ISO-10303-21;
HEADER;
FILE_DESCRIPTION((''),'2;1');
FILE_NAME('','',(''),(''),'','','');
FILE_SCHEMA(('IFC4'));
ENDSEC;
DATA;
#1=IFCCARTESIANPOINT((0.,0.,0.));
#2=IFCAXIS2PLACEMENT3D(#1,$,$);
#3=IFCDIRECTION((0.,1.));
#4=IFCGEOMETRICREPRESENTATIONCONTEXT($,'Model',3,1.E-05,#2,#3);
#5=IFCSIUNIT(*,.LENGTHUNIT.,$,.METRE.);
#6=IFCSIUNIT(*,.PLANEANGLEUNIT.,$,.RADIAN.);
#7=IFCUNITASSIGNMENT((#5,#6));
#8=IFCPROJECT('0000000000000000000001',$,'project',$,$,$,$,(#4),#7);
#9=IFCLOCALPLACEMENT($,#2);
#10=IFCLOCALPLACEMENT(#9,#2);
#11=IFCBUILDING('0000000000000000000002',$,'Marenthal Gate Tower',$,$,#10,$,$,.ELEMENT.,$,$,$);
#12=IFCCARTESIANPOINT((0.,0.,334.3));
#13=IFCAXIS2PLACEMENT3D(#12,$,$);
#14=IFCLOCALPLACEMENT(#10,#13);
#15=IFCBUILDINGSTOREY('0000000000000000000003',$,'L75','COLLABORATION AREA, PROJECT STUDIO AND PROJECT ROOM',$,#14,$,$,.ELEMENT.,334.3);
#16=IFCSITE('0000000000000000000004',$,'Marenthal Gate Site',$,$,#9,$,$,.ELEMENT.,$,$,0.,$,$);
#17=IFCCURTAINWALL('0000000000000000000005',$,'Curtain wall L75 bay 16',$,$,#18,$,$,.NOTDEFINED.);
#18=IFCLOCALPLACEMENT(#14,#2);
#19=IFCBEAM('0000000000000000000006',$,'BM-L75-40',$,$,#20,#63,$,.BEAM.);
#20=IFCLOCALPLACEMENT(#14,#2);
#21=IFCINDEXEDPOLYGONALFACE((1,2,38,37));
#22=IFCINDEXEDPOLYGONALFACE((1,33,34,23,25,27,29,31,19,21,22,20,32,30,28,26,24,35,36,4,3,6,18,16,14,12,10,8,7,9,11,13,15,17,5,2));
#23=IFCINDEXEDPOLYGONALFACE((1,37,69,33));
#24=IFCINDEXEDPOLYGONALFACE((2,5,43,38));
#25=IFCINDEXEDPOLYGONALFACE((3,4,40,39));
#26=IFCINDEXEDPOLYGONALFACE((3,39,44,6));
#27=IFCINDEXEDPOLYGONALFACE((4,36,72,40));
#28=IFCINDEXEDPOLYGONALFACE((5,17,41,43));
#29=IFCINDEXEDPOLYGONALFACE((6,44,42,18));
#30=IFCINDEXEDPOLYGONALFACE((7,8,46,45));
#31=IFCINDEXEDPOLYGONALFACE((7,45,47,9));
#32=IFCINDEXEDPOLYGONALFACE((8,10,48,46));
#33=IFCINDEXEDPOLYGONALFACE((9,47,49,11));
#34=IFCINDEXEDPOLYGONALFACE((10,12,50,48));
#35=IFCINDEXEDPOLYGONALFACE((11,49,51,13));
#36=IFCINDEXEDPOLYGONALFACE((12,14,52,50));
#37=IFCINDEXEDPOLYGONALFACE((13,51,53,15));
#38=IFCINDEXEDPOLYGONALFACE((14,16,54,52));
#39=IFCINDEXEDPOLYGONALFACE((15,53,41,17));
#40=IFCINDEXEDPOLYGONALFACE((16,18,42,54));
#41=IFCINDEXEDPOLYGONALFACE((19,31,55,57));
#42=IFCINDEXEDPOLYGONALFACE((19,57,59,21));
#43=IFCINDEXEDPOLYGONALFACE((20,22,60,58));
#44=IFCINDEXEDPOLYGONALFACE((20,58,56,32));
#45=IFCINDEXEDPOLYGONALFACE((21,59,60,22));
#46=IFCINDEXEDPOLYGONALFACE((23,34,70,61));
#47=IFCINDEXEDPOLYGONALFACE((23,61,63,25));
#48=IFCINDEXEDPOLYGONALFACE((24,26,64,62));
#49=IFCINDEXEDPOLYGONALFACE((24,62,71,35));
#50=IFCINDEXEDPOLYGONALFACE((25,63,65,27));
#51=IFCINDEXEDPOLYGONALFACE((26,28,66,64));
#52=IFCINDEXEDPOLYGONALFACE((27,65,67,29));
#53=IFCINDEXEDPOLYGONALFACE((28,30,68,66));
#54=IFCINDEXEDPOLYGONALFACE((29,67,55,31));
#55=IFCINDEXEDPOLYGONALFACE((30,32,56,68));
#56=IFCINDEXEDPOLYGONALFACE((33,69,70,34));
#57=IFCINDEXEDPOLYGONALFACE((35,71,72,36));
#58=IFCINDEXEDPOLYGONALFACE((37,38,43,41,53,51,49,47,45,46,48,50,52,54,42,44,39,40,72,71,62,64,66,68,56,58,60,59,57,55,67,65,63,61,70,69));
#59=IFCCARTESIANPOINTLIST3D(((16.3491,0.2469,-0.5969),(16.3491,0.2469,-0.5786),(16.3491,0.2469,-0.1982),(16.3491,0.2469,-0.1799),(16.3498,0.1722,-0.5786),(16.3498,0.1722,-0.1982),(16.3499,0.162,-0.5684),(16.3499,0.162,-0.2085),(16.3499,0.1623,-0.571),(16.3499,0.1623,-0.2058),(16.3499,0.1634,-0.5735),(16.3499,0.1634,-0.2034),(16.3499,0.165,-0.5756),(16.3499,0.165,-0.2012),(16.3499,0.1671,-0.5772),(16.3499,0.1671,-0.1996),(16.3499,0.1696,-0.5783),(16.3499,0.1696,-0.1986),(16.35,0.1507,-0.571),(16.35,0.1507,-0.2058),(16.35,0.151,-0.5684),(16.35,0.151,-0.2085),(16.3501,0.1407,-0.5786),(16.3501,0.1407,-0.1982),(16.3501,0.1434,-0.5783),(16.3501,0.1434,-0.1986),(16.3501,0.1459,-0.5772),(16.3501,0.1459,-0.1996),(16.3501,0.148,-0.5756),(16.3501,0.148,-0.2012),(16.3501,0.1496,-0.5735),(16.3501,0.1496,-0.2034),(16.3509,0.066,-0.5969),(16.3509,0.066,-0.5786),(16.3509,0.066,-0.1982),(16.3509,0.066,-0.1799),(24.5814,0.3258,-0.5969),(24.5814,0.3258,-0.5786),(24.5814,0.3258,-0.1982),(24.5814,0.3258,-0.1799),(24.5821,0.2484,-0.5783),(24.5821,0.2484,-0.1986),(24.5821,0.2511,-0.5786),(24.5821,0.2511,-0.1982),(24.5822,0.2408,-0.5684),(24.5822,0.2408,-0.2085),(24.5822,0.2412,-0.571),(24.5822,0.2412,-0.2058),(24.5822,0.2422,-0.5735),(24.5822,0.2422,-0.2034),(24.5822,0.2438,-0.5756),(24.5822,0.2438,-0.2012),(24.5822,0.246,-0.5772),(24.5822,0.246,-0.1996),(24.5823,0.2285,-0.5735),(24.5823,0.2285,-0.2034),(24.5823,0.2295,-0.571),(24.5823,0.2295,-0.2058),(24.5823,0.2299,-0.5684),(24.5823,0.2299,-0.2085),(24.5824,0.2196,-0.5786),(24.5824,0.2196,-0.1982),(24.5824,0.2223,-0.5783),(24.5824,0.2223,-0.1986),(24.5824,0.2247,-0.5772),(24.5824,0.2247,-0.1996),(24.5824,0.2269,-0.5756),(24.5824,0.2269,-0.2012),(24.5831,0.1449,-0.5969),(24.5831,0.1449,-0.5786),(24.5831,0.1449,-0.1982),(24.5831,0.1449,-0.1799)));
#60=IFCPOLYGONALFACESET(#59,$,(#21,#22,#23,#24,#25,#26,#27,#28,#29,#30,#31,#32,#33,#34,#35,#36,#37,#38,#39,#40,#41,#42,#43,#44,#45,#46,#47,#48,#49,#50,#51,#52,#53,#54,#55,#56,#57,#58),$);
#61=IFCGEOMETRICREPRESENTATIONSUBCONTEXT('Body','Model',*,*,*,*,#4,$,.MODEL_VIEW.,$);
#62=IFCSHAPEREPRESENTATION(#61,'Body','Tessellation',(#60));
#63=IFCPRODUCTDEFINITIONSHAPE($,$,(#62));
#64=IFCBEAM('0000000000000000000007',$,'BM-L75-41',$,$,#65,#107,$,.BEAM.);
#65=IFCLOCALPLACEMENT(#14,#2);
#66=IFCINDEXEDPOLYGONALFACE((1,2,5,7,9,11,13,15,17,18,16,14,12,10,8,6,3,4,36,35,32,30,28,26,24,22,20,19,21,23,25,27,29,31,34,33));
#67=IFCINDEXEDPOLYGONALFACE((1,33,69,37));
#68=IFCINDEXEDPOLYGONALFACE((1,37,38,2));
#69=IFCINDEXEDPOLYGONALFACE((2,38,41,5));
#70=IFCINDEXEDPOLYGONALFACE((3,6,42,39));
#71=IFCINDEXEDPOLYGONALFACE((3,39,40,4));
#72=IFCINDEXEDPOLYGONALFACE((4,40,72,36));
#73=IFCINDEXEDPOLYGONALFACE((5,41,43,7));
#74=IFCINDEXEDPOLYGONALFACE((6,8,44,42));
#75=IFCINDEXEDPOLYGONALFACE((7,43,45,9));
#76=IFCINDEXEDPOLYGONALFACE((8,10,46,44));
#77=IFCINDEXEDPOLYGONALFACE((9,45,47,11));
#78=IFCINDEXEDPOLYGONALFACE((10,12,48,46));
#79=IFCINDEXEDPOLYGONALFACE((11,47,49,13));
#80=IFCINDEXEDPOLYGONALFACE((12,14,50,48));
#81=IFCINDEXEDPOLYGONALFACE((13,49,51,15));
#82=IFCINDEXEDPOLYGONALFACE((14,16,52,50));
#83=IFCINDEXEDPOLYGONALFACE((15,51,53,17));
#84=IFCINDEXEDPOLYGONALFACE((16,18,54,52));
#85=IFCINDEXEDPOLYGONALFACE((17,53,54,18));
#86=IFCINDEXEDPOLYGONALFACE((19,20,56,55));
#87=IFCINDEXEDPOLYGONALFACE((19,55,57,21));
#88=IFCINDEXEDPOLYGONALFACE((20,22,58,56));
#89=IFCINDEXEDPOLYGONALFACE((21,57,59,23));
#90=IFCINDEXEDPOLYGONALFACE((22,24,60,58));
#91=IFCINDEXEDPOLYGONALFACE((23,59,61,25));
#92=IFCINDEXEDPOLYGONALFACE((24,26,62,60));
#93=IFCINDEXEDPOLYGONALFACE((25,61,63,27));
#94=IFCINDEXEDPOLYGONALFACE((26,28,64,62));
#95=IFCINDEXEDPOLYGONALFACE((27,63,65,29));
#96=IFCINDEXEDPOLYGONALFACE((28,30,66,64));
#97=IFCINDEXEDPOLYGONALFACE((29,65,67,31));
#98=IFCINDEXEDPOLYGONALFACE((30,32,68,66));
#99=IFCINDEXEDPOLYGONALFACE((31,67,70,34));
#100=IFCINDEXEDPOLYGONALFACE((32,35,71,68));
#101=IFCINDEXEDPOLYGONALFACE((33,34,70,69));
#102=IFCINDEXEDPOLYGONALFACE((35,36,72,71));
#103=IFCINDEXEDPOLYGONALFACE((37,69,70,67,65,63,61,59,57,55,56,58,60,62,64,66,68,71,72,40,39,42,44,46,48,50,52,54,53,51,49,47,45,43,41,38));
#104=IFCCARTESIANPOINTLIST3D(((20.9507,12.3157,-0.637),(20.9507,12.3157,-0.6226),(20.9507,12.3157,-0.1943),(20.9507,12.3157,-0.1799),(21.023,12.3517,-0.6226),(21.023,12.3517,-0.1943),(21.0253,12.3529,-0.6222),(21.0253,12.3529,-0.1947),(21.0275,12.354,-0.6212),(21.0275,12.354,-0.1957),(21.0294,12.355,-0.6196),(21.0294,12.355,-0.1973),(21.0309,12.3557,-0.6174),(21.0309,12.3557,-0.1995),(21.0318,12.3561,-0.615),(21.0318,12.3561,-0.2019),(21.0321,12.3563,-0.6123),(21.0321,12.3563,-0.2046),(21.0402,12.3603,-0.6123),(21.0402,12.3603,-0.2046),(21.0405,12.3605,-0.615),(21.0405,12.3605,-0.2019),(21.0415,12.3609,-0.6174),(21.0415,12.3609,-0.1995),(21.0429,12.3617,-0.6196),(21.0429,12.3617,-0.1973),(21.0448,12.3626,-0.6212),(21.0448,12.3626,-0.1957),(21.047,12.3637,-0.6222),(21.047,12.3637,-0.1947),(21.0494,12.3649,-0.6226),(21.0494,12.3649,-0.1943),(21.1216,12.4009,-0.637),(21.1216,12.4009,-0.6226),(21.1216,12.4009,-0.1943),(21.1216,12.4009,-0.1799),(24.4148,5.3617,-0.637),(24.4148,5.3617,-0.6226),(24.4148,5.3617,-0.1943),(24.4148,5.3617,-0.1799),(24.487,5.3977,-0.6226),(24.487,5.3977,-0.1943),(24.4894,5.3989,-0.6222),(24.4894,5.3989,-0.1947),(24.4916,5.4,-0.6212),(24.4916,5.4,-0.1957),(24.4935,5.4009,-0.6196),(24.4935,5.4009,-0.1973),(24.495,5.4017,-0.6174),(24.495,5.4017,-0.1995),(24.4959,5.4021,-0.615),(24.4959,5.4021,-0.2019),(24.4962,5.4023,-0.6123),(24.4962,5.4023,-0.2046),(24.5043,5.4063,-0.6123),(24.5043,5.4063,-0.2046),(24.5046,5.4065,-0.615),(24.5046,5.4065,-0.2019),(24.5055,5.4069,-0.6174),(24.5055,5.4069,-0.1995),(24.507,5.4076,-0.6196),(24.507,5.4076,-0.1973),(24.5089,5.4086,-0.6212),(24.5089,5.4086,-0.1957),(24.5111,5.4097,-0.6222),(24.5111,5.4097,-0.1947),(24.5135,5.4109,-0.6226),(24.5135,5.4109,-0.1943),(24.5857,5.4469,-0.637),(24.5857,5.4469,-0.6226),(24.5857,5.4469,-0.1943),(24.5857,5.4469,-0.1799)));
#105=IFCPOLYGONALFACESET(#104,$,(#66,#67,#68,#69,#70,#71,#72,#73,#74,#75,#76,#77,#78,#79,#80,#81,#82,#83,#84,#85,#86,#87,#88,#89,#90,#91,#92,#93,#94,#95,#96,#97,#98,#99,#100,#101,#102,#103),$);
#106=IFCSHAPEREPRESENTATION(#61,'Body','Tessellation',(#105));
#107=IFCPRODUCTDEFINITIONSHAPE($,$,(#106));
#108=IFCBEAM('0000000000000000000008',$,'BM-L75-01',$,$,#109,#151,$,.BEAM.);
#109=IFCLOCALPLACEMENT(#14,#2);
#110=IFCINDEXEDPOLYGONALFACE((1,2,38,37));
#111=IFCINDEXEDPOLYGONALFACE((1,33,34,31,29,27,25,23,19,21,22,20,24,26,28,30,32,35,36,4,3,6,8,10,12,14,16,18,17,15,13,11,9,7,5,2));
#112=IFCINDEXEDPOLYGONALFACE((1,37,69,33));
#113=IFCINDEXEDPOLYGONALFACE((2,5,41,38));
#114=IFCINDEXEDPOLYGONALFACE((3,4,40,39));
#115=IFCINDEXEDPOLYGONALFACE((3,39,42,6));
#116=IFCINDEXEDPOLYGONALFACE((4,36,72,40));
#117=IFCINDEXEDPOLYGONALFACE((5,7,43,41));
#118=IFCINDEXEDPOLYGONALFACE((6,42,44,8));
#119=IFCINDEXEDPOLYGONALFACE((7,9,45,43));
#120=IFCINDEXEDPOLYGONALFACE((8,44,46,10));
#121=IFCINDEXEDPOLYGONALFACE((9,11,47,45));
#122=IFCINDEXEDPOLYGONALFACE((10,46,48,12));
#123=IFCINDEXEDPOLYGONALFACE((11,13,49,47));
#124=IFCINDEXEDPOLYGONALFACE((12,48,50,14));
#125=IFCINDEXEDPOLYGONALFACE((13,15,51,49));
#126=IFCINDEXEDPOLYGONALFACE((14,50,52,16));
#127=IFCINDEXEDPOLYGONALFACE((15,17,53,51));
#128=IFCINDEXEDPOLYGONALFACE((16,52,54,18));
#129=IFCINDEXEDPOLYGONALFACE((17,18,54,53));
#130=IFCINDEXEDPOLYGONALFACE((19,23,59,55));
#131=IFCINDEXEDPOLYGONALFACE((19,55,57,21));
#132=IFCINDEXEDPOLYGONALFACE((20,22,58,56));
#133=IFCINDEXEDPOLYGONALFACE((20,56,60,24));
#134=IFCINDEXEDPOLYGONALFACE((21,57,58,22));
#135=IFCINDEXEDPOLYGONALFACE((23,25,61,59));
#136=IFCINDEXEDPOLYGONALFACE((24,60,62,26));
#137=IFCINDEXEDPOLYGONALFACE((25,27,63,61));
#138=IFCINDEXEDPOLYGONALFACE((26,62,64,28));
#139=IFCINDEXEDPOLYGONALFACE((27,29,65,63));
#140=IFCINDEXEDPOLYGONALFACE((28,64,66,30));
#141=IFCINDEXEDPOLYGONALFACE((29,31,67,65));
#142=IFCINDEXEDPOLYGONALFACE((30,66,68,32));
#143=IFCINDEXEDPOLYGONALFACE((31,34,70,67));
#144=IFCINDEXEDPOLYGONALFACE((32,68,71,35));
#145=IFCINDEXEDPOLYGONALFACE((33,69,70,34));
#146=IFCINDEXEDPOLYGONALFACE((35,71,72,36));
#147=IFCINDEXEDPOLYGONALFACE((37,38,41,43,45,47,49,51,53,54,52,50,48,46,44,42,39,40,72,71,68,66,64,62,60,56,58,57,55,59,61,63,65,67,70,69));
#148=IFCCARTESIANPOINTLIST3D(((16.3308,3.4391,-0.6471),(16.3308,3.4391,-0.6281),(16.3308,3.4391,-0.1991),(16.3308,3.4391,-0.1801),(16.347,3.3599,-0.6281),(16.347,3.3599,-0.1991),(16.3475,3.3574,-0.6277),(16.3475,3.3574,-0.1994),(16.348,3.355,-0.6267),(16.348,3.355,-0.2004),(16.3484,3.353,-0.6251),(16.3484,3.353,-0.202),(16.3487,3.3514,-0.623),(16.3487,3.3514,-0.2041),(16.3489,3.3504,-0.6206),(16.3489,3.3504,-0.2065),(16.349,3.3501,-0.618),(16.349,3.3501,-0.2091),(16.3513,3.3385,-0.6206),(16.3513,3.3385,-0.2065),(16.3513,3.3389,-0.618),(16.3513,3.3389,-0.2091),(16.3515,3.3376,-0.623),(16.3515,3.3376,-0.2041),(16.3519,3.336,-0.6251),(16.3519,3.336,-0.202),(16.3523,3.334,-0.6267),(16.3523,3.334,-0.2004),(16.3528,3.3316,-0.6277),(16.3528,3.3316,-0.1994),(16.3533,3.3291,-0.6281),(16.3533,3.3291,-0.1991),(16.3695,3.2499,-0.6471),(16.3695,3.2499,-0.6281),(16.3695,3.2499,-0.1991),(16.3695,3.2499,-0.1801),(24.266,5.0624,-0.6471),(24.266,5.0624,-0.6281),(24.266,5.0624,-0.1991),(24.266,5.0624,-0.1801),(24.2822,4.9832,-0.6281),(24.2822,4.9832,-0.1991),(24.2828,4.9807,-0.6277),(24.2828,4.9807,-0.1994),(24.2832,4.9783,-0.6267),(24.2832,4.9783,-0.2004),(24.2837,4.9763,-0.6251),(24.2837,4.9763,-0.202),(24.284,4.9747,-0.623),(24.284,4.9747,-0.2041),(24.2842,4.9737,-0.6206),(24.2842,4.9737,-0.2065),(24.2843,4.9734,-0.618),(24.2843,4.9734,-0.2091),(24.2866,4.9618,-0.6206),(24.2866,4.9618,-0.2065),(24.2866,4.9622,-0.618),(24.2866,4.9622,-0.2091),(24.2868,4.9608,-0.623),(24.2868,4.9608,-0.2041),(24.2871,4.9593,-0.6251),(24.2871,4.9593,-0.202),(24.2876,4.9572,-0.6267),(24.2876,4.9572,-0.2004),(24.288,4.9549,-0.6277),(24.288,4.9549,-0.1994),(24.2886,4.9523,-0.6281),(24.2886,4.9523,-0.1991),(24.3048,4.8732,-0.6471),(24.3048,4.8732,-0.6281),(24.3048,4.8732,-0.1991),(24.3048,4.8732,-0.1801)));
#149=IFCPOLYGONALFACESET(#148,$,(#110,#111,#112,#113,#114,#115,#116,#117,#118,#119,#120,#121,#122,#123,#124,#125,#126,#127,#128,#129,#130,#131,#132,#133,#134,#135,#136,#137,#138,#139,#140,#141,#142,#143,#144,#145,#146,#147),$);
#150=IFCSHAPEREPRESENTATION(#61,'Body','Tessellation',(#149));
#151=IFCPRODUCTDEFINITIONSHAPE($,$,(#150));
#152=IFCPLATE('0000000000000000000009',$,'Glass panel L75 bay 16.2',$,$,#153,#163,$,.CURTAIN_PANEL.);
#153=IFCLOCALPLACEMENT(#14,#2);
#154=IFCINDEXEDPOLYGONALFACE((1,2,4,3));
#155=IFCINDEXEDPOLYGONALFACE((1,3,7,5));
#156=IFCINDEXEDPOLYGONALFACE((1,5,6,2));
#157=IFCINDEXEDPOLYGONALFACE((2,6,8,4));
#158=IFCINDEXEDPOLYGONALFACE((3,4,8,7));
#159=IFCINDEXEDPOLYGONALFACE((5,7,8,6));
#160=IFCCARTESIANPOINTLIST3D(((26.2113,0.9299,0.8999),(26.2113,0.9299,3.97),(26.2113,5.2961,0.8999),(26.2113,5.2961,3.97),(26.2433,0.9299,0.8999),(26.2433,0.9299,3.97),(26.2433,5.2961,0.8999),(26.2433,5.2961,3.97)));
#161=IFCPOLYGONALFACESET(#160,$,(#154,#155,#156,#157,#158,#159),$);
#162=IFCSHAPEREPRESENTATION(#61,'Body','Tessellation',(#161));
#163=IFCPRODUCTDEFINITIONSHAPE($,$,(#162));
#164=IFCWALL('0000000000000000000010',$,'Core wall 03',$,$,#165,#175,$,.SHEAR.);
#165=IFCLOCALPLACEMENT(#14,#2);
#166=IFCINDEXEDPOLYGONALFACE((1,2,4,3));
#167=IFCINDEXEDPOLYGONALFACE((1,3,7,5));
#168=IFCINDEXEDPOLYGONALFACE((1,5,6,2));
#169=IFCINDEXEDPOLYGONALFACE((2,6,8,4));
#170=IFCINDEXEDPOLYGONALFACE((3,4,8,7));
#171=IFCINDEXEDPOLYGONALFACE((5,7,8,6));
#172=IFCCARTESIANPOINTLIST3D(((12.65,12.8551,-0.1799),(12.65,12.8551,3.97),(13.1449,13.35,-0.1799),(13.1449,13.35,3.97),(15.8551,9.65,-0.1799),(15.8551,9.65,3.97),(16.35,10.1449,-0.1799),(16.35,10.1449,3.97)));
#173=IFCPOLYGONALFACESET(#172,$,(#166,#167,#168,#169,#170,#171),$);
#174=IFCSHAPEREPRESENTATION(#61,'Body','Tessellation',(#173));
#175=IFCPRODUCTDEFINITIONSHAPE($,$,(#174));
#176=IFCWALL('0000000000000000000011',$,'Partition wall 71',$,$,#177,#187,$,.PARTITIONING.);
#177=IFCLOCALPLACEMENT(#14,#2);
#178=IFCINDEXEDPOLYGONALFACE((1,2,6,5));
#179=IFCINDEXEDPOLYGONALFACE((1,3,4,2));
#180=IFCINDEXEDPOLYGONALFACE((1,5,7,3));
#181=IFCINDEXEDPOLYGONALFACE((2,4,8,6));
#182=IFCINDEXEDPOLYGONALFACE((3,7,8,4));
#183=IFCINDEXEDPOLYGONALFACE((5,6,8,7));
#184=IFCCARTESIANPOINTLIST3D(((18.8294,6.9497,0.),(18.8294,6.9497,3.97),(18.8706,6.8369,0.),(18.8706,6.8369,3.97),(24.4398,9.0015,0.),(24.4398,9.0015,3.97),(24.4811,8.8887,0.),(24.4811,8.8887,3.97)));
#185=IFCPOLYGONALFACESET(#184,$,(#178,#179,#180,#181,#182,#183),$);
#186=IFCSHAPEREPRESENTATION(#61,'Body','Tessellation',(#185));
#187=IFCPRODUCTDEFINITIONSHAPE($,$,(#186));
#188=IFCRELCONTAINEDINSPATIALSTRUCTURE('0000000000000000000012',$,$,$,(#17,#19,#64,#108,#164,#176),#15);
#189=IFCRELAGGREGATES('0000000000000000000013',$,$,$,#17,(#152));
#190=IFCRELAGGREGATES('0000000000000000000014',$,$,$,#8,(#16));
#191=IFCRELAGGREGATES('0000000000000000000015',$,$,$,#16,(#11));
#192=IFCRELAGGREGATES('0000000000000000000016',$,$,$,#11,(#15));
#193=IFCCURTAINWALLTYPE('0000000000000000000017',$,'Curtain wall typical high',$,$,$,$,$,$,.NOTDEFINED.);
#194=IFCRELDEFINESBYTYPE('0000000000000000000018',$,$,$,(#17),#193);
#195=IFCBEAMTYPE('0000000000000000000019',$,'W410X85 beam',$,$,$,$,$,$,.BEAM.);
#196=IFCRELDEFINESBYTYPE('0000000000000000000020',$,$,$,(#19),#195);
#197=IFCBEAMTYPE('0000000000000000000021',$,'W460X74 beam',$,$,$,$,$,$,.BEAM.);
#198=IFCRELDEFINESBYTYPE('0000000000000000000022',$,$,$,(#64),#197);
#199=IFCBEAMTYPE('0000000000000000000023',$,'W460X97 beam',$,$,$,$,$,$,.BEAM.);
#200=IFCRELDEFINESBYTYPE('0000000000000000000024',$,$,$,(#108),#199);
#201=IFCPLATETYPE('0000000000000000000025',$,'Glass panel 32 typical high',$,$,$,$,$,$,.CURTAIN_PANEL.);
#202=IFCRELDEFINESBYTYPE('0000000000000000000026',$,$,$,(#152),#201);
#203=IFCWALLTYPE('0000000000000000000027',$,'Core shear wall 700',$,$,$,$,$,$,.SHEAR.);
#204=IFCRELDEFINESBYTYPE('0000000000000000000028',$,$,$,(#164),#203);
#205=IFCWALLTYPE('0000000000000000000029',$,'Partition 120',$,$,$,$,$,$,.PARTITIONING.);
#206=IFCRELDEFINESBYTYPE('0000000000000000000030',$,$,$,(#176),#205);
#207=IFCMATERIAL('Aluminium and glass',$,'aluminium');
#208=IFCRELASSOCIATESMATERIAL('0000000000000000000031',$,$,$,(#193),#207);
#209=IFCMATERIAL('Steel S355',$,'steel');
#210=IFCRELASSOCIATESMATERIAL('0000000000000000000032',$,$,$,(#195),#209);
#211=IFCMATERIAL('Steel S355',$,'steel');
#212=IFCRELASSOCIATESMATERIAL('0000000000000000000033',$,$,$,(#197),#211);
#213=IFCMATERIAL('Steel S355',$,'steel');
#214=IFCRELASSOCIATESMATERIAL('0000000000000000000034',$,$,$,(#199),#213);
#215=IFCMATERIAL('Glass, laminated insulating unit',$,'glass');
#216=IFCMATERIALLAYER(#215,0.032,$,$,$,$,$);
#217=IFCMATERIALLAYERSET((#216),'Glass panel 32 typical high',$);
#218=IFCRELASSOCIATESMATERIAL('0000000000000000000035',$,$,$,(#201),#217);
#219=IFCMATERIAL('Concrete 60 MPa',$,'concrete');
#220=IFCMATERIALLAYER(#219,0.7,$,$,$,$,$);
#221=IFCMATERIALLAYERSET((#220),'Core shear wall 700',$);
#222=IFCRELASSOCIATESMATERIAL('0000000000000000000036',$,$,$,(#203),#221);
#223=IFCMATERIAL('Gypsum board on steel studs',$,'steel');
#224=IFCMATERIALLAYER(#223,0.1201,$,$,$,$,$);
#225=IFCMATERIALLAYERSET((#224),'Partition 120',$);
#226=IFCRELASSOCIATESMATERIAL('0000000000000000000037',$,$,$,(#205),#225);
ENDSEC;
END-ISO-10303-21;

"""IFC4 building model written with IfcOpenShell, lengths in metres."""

from ifc_helpers import new_model, si_unit, direction, frame, frame_2d, origin, origin_2d, place, context, subcontext, project, spatial, rectangle, i_section, extrude, material, layer, layer_set, material_profile, profile_set, type_object, element, aggregate, save


model = new_model("IFC4")

# Units and contexts
model_context = context("Model", 3, precision=1e-05, world=origin(), true_north=direction((0.0, 1.0)))
body_context = subcontext(model_context, "Body", "Model", "MODEL_VIEW")
ifc_project = project(units=[si_unit("LENGTHUNIT", "METRE"), si_unit("PLANEANGLEUNIT", "RADIAN")], contexts=[model_context])

# Site, building, storey
site_placement = place(None, origin())
site = spatial("IfcSite", under=ifc_project, at=site_placement, Name="Marenthal Gate Site", CompositionType="ELEMENT", RefElevation=0.0)
building_placement = place(site_placement, origin())
building = spatial("IfcBuilding", under=site, at=building_placement, Name="Marenthal Gate Tower", CompositionType="ELEMENT")
storey_placement = place(building_placement, frame((0.0, 0.0, 334.3)))
storey = spatial("IfcBuildingStorey", under=building, at=storey_placement, Name="L75", Description="COLLABORATION AREA, PROJECT STUDIO AND PROJECT ROOM", CompositionType="ELEMENT", Elevation=334.3)

# Curtain wall
ifc_material_1 = material(Name="Aluminium and glass", Category="aluminium")
curtain_wall_type = type_object("IfcCurtainWallType", Name="Curtain wall typical high", PredefinedType="NOTDEFINED", material=ifc_material_1)
curtain_wall_placement = place(storey_placement, origin())
curtain_wall = element("IfcCurtainWall", 1, at=curtain_wall_placement, inside=storey, type_object=curtain_wall_type, Name="Curtain wall L75 bay 16", PredefinedType="NOTDEFINED")

# Beams
ifc_material_2 = material(Name="Steel S355", Category="steel")
ifc_material_profile_1 = material_profile(ifc_material_2, i_section(OverallWidth=0.1809, OverallDepth=0.417, WebThickness=0.011, FlangeThickness=0.0183, FilletRadius=0.0103, at=origin_2d()), Name="W410X85")
ifc_profile_set_1 = profile_set([ifc_material_profile_1], Name="Steel S355")
beam_type_1 = type_object("IfcBeamType", Name="W410X85 beam", PredefinedType="BEAM", material=ifc_profile_set_1)
beam_1_placement = place(storey_placement, frame((24.5823, 0.2354, -0.3884), z_axis=(-0.999954, -0.009579, 0.0), x_axis=(0.009579, -0.999954, 0.0)))
element("IfcBeam", 2, at=beam_1_placement, inside=storey, type_object=beam_type_1, Name="BM-L75-40", PredefinedType="BEAM", context=body_context, shape_type="SweptSolid", body=[
    extrude(i_section(OverallWidth=0.1809, OverallDepth=0.417, WebThickness=0.011, FlangeThickness=0.0183, FilletRadius=0.0103, at=origin_2d()), origin(), (0.0, 0.0, 1.0), 8.2327),
])
ifc_material_3 = material(Name="Steel S355", Category="steel")
ifc_material_profile_2 = material_profile(ifc_material_3, i_section(OverallWidth=0.1909, OverallDepth=0.457, WebThickness=0.009, FlangeThickness=0.0144, FilletRadius=0.0103, at=origin_2d()), Name="W460X74")
ifc_profile_set_2 = profile_set([ifc_material_profile_2], Name="Steel S355")
beam_type_2 = type_object("IfcBeamType", Name="W460X74 beam", PredefinedType="BEAM", material=ifc_profile_set_2)
beam_2_placement = place(storey_placement, frame((24.5002, 5.4043, -0.4084), z_axis=(-0.445881, 0.895092, 0.0), x_axis=(-0.895092, -0.445881, 0.0)))
element("IfcBeam", 3, at=beam_2_placement, inside=storey, type_object=beam_type_2, Name="BM-L75-41", PredefinedType="BEAM", context=body_context, shape_type="SweptSolid", body=[
    extrude(i_section(OverallWidth=0.1909, OverallDepth=0.457, WebThickness=0.009, FlangeThickness=0.0144, FilletRadius=0.0103, at=origin_2d()), origin(), (0.0, 0.0, 1.0), 7.769),
])
ifc_material_4 = material(Name="Steel S355", Category="steel")
ifc_material_profile_3 = material_profile(ifc_material_4, i_section(OverallWidth=0.1931, OverallDepth=0.467, WebThickness=0.0115, FlangeThickness=0.019, FilletRadius=0.01, at=origin_2d()), Name="W460X97")
ifc_profile_set_3 = profile_set([ifc_material_profile_3], Name="Steel S355")
beam_type_3 = type_object("IfcBeamType", Name="W460X97 beam", PredefinedType="BEAM", material=ifc_profile_set_3)
beam_3_placement = place(storey_placement, frame((24.2854, 4.9678, -0.4136), z_axis=(-0.979711, -0.200415, 0.0), x_axis=(0.200415, -0.979711, 0.0)))
element("IfcBeam", 4, at=beam_3_placement, inside=storey, type_object=beam_type_3, Name="BM-L75-01", PredefinedType="BEAM", context=body_context, shape_type="SweptSolid", body=[
    extrude(i_section(OverallWidth=0.1931, OverallDepth=0.467, WebThickness=0.0115, FlangeThickness=0.019, FilletRadius=0.01, at=origin_2d()), origin(), (0.0, 0.0, 1.0), 8.0996),
])

# Plate
ifc_material_5 = material(Name="Glass, laminated insulating unit", Category="glass")
ifc_layer_1 = layer(ifc_material_5, 0.032)
ifc_layer_set_1 = layer_set([ifc_layer_1], Name="Glass panel 32 typical high")
plate_type = type_object("IfcPlateType", Name="Glass panel 32 typical high", PredefinedType="CURTAIN_PANEL", material=ifc_layer_set_1)
plate_placement = place(storey_placement, frame((26.2273, 3.113, 0.8999), z_axis=(0.0, 0.0, 1.0), x_axis=(0.0, 1.0, 0.0)))
plate = element("IfcPlate", 5, at=plate_placement, type_object=plate_type, Name="Glass panel L75 bay 16.2", PredefinedType="CURTAIN_PANEL", context=body_context, shape_type="SweptSolid", body=[
    extrude(rectangle(XDim=4.3662, YDim=0.032, at=origin_2d()), origin(), (0.0, 0.0, 1.0), 3.0701),
])
aggregate(curtain_wall, [plate])

# Walls
ifc_material_6 = material(Name="Concrete 60 MPa", Category="concrete")
ifc_layer_2 = layer(ifc_material_6, 0.7)
ifc_layer_set_2 = layer_set([ifc_layer_2], Name="Core shear wall 700")
wall_type_1 = type_object("IfcWallType", Name="Core shear wall 700", PredefinedType="SHEAR", material=ifc_layer_set_2)
wall_1_placement = place(storey_placement, frame((16.1025, 9.8975, -0.1799), z_axis=(0.0, 0.0, 1.0), x_axis=(-0.707107, 0.707107, 0.0)))
element("IfcWall", 6, at=wall_1_placement, inside=storey, type_object=wall_type_1, Name="Core wall 03", PredefinedType="SHEAR", context=body_context, shape_type="SweptSolid", body=[
    extrude(rectangle(XDim=4.5327, YDim=0.7, at=frame_2d((2.2664, 0.0))), origin(), (0.0, 0.0, 1.0), 4.1499),
])
ifc_material_7 = material(Name="Gypsum board on steel studs", Category="steel")
ifc_layer_3 = layer(ifc_material_7, 0.1201)
ifc_layer_set_3 = layer_set([ifc_layer_3], Name="Partition 120")
wall_type_2 = type_object("IfcWallType", Name="Partition 120", PredefinedType="PARTITIONING", material=ifc_layer_set_3)
wall_2_placement = place(storey_placement, frame((18.8501, 6.8933, 0.0), z_axis=(0.0, 0.0, 1.0), x_axis=(0.939167, 0.343462, 0.0)))
element("IfcWall", 7, at=wall_2_placement, inside=storey, type_object=wall_type_2, Name="Partition wall 71", PredefinedType="PARTITIONING", context=body_context, shape_type="SweptSolid", body=[
    extrude(rectangle(XDim=5.9739, YDim=0.1201, at=frame_2d((2.9868, 0.0))), origin(), (0.0, 0.0, 1.0), 3.97),
])

save(model, "model.ifc")
